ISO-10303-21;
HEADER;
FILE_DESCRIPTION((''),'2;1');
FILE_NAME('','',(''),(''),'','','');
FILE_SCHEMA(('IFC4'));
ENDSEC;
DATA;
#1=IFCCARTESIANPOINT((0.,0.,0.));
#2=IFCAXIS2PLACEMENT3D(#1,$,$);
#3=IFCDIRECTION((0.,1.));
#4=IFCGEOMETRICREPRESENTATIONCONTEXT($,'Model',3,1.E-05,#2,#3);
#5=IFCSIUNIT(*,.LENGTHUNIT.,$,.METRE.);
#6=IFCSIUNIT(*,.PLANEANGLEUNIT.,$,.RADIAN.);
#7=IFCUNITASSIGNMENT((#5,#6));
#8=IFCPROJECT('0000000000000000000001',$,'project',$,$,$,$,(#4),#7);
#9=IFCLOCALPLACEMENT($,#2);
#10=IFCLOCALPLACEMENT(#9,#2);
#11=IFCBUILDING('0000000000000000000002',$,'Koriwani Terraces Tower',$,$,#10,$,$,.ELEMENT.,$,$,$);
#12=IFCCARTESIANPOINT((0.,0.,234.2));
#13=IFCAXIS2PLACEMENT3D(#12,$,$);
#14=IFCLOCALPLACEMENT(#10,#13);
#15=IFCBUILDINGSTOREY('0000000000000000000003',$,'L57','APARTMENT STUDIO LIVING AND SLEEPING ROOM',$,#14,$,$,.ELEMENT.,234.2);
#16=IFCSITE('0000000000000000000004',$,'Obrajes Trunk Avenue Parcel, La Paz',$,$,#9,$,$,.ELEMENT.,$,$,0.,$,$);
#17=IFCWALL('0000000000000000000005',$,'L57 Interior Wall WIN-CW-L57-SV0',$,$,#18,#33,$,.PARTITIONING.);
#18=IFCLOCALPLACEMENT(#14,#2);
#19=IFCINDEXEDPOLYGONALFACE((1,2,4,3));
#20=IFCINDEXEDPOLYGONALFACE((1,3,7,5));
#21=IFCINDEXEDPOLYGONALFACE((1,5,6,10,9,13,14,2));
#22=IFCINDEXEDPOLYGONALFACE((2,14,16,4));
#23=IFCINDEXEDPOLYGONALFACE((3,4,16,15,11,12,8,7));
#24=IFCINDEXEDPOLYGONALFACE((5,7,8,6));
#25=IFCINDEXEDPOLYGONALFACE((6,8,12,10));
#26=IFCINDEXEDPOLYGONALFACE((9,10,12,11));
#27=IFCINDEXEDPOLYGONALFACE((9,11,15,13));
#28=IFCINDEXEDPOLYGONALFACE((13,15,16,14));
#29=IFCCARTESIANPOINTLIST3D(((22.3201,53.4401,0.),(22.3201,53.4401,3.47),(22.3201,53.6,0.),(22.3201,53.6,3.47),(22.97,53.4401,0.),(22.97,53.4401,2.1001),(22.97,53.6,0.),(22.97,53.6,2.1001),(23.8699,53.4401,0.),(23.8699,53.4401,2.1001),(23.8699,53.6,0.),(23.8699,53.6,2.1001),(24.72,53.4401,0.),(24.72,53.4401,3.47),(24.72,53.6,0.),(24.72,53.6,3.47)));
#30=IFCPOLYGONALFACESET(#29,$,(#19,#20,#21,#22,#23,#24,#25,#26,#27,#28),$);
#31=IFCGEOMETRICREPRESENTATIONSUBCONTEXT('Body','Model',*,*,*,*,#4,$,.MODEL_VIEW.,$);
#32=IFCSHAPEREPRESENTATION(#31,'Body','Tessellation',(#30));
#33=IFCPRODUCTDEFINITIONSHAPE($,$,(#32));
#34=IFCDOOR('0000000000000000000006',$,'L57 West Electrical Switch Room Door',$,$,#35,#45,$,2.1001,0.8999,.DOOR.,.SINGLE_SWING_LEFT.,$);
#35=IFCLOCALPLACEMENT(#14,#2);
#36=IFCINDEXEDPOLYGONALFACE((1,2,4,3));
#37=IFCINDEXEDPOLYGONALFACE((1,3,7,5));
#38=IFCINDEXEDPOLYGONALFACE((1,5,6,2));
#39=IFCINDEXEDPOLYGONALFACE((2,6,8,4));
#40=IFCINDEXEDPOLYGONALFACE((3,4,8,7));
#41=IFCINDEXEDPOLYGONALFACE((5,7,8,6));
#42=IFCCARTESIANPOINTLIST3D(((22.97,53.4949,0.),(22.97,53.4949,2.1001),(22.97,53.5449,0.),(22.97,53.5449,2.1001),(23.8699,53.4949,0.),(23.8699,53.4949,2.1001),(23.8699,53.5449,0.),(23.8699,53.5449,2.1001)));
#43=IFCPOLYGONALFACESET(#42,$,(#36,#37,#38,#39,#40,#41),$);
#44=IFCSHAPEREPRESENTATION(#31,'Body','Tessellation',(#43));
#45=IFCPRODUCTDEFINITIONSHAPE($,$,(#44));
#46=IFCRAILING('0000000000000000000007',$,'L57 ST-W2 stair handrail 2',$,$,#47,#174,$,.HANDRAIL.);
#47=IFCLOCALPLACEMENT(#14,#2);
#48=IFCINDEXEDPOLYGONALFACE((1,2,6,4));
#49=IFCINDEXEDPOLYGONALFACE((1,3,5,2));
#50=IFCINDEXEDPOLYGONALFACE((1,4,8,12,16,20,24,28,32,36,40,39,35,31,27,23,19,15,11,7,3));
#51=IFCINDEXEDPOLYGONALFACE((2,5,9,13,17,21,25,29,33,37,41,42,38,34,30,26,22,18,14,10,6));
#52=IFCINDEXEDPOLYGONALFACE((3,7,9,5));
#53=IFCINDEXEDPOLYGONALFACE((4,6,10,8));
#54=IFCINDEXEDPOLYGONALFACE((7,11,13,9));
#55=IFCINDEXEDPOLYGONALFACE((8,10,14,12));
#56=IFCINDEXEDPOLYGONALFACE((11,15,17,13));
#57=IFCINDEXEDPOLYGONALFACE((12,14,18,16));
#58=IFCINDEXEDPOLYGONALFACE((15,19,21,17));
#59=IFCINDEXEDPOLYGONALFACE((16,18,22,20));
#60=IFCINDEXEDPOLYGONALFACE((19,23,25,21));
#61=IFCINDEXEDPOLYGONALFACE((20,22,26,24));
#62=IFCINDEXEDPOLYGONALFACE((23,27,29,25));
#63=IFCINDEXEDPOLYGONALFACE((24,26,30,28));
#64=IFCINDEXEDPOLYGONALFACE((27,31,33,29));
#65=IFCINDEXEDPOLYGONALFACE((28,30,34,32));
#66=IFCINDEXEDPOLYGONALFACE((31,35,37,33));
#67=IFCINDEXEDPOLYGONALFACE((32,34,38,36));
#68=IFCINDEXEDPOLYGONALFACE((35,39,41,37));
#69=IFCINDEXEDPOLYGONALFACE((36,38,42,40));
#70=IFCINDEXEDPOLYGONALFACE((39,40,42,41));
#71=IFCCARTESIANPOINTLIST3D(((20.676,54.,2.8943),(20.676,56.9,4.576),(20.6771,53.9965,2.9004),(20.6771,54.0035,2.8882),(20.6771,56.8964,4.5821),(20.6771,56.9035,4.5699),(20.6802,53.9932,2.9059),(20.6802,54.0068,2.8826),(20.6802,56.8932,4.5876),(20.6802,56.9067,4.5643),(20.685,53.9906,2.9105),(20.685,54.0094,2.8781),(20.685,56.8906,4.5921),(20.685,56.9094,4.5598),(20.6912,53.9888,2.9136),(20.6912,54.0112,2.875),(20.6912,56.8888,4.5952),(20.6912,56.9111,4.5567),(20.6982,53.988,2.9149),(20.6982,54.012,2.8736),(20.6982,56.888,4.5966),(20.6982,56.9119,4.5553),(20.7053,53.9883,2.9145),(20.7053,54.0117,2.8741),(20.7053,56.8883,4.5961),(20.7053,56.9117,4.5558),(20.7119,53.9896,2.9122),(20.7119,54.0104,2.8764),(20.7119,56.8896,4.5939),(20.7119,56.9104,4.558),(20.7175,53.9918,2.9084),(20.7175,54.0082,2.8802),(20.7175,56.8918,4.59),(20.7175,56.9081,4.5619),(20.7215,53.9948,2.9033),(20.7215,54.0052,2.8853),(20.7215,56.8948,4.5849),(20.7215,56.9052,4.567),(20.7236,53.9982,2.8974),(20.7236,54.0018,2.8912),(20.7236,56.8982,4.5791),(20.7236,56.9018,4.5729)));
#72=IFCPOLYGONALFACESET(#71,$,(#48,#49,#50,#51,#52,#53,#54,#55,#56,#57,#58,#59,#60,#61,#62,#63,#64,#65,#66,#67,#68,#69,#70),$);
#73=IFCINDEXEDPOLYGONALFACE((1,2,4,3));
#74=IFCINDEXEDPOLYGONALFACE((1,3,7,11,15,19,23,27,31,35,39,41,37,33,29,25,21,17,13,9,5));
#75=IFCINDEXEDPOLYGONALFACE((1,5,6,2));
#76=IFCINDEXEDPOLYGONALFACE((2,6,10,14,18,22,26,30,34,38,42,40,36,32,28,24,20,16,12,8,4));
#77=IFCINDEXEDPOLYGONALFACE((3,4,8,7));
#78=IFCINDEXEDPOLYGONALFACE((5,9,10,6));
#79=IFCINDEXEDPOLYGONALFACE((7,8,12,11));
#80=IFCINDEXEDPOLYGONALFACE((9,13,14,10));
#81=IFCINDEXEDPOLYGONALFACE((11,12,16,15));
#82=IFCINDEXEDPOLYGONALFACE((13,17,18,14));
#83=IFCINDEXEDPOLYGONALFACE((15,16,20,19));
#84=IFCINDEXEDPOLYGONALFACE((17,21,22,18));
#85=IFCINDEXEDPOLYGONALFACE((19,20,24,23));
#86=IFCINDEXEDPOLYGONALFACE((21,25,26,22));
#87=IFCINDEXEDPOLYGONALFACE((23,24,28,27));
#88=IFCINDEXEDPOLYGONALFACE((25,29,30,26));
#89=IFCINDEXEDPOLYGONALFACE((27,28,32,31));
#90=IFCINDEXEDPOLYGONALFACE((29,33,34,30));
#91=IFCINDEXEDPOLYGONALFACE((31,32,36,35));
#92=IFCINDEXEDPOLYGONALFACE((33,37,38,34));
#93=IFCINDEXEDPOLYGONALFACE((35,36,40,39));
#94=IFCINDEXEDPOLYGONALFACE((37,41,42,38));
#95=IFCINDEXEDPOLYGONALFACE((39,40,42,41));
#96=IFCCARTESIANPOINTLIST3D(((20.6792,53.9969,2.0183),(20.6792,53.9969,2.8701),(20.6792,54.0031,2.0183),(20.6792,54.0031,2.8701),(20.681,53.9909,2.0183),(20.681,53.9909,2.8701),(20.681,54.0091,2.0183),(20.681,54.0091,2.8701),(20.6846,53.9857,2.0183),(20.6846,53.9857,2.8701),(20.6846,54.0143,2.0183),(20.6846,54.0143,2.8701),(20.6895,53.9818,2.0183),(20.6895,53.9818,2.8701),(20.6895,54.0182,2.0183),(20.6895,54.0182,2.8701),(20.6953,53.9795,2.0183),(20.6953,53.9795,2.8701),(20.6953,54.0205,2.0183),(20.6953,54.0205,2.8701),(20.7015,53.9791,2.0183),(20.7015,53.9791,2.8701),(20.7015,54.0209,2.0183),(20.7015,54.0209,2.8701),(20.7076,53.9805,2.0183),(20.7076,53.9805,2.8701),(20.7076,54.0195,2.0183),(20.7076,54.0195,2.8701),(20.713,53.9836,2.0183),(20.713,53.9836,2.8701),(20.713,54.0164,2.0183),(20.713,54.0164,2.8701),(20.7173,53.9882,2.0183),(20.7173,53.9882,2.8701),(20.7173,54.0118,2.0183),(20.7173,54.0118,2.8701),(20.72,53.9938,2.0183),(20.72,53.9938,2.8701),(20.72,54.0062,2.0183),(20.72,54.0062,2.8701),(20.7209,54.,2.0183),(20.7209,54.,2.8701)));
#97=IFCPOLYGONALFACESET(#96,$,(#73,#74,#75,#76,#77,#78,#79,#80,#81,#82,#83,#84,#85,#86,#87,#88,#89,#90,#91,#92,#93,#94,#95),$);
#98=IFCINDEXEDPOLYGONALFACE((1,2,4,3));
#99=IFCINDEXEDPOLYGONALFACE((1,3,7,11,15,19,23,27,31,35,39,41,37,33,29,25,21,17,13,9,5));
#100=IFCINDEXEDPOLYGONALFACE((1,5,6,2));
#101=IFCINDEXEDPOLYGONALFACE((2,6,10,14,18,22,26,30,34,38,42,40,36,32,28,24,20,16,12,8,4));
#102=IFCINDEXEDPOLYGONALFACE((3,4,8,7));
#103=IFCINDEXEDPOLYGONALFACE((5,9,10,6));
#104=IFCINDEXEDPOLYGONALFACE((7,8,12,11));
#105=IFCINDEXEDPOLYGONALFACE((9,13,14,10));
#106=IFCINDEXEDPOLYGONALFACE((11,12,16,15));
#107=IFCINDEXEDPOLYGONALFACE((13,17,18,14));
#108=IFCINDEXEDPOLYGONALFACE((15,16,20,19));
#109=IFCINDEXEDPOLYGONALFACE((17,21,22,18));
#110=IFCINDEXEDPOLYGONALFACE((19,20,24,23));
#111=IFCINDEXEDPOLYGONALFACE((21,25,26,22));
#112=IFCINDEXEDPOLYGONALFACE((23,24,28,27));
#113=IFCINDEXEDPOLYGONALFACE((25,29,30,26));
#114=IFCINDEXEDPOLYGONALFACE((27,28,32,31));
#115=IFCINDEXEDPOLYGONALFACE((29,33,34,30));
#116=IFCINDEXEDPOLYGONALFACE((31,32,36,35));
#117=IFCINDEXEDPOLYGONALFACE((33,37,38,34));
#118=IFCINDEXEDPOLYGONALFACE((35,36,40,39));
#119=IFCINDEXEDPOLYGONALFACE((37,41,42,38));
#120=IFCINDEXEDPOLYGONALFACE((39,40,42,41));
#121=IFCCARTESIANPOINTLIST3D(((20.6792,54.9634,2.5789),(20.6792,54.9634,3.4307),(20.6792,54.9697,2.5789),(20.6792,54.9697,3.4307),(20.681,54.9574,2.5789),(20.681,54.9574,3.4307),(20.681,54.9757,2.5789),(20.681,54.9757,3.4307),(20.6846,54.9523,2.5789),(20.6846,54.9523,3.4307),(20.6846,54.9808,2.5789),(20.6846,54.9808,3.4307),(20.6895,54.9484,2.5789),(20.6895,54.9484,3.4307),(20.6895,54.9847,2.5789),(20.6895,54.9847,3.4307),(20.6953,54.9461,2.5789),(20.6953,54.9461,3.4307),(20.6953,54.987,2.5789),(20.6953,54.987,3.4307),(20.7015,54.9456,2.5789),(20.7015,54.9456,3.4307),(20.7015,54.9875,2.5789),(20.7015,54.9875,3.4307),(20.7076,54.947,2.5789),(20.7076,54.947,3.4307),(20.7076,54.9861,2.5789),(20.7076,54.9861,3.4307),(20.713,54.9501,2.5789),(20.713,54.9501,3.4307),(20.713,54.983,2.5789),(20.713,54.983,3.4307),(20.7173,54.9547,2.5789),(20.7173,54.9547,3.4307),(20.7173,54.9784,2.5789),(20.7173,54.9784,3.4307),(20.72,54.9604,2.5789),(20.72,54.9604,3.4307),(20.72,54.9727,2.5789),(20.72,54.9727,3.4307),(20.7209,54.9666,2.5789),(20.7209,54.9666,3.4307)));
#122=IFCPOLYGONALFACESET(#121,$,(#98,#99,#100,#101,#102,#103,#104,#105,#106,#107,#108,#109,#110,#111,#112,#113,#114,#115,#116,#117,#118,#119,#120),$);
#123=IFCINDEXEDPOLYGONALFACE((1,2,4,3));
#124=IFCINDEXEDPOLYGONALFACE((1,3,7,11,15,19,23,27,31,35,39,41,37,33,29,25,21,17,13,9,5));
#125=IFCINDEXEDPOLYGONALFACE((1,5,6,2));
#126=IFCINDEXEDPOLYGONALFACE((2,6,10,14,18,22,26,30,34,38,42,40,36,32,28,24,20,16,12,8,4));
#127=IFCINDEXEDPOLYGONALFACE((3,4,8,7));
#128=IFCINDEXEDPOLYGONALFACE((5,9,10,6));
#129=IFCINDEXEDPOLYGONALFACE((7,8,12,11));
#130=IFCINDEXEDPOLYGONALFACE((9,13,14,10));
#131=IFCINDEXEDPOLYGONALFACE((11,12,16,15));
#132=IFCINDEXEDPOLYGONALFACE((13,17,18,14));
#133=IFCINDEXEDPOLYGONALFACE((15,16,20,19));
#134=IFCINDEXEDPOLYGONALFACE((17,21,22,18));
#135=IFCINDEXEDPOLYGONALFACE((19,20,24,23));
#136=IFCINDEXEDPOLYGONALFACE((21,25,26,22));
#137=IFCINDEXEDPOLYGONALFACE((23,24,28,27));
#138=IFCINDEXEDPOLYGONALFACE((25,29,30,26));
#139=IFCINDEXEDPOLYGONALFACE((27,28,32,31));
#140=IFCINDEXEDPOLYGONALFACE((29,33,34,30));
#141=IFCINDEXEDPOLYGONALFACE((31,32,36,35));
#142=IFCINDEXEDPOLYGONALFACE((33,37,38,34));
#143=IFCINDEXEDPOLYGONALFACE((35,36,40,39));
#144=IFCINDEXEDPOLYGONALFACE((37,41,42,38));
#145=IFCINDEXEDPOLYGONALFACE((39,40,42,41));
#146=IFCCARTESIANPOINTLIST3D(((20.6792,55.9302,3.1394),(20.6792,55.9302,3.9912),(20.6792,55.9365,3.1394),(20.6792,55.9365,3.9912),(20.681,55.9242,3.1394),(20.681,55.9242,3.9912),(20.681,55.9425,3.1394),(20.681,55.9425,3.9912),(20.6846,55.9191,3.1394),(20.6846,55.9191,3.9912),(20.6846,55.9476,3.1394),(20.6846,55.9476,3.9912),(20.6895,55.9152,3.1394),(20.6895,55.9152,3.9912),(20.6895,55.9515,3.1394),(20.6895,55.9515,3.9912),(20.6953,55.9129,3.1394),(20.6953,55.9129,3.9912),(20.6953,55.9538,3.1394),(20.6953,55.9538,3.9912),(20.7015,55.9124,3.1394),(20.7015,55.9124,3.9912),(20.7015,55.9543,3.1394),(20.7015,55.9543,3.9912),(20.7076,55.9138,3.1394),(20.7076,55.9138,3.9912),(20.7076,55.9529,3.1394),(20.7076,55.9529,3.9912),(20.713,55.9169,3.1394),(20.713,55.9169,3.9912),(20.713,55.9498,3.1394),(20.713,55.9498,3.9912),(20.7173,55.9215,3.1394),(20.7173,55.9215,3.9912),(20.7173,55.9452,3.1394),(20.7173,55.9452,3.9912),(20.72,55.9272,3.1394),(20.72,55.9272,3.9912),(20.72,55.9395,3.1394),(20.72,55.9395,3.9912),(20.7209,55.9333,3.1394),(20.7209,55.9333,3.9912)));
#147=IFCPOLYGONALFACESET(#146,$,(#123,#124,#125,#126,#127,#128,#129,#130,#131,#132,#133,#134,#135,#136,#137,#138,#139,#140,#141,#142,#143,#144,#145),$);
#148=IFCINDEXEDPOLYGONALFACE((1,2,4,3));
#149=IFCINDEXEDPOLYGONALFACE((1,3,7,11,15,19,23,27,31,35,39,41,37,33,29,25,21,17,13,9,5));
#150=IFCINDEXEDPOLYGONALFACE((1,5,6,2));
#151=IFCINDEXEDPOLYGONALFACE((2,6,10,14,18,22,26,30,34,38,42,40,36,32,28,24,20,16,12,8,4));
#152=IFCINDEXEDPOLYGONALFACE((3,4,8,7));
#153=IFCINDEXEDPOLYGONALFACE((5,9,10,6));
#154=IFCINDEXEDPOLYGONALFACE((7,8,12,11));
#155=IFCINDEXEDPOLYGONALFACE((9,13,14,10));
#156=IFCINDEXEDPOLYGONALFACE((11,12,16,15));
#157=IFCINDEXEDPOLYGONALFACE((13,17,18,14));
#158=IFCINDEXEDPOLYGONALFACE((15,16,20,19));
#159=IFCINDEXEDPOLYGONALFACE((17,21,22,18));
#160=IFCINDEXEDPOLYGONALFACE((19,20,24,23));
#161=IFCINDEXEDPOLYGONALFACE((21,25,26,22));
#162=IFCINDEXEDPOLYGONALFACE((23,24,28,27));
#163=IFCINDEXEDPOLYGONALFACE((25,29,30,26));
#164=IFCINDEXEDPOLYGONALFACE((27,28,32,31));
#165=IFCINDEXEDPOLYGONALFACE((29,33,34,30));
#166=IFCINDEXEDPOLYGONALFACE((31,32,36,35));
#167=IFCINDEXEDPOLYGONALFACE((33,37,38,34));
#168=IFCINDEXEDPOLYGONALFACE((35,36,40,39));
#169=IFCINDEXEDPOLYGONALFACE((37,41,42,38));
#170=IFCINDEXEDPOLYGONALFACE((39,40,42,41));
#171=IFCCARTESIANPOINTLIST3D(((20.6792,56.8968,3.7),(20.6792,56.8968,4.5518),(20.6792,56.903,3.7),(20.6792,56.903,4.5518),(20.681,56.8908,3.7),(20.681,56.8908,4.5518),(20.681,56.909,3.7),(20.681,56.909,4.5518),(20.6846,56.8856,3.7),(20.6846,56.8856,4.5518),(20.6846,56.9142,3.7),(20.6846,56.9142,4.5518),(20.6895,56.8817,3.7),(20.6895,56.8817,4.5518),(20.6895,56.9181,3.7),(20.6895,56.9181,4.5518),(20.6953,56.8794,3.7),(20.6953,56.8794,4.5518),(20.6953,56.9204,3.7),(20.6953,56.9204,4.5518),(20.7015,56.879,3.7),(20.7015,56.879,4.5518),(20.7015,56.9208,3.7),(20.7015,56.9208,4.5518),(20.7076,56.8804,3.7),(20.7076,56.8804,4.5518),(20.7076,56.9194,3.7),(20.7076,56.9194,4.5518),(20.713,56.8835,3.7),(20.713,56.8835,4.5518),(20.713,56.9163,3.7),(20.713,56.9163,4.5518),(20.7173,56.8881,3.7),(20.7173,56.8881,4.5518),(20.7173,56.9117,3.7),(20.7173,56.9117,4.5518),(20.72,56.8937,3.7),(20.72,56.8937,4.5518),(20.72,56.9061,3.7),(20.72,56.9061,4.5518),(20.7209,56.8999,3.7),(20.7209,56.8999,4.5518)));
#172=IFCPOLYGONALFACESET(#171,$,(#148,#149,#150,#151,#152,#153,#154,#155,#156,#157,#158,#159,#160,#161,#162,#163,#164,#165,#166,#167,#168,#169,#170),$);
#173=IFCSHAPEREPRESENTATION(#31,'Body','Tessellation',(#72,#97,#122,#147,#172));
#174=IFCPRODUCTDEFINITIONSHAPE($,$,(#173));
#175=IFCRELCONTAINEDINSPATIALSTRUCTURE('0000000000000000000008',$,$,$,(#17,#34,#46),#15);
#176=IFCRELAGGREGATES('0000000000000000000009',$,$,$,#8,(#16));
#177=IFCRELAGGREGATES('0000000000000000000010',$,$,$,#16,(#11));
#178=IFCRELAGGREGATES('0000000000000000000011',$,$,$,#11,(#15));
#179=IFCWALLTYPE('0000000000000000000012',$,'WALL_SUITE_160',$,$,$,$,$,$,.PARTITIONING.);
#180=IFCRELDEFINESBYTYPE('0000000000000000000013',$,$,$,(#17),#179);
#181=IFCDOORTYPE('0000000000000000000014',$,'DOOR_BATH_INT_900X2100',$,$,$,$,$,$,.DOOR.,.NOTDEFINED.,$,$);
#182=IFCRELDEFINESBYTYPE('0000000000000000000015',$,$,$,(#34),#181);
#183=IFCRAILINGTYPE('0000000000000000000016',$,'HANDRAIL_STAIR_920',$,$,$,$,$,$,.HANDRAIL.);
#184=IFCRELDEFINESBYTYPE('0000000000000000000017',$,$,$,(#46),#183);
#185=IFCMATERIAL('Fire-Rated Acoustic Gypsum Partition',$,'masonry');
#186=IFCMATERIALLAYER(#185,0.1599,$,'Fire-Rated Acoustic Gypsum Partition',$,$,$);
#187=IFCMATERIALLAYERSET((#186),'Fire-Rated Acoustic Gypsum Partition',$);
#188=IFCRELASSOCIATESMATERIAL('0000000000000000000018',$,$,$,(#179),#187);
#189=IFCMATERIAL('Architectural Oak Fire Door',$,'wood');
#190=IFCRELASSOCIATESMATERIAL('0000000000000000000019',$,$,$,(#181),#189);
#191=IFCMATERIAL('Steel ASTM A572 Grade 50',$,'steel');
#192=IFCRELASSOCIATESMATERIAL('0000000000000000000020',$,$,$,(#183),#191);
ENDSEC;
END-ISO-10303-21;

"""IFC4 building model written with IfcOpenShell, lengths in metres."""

from ifc_helpers import new_model, si_unit, direction, frame, frame_2d, origin, origin_2d, place, context, subcontext, project, spatial, rectangle, circle, extrude, material, layer, layer_set, type_object, element, fill, save


model = new_model("IFC4")

# Units and contexts
model_context = context("Model", 3, precision=1e-05, world=origin(), true_north=direction((0.0, 1.0)))
body_context = subcontext(model_context, "Body", "Model", "MODEL_VIEW")
ifc_project = project(units=[si_unit("LENGTHUNIT", "METRE"), si_unit("PLANEANGLEUNIT", "RADIAN")], contexts=[model_context])

# Site, building, storey
site_placement = place(None, origin())
site = spatial("IfcSite", under=ifc_project, at=site_placement, Name="Obrajes Trunk Avenue Parcel, La Paz", CompositionType="ELEMENT", RefElevation=0.0)
building_placement = place(site_placement, origin())
building = spatial("IfcBuilding", under=site, at=building_placement, Name="Koriwani Terraces Tower", CompositionType="ELEMENT")
storey_placement = place(building_placement, frame((0.0, 0.0, 234.2)))
storey = spatial("IfcBuildingStorey", under=building, at=storey_placement, Name="L57", Description="APARTMENT STUDIO LIVING AND SLEEPING ROOM", CompositionType="ELEMENT", Elevation=234.2)

# Shared definitions
ifc_material_1 = material(Name="Steel ASTM A572 Grade 50", Category="steel")

# Wall, opening, door
ifc_material_2 = material(Name="Fire-Rated Acoustic Gypsum Partition", Category="masonry")
ifc_layer_1 = layer(ifc_material_2, 0.1599, Name="Fire-Rated Acoustic Gypsum Partition")
ifc_layer_set_1 = layer_set([ifc_layer_1], Name="Fire-Rated Acoustic Gypsum Partition")
wall_type_1 = type_object("IfcWallType", Name="WALL_SUITE_160", PredefinedType="PARTITIONING", material=ifc_layer_set_1)
wall_1_placement = place(storey_placement, frame((22.3201, 53.52, 0.0), z_axis=(0.0, 0.0, 1.0), x_axis=(1.0, 0.0, 0.0)))
wall_1 = element("IfcWall", 1, at=wall_1_placement, inside=storey, type_object=wall_type_1, Name="L57 Interior Wall WIN-CW-L57-SV0", PredefinedType="PARTITIONING", context=body_context, shape_type="SweptSolid", body=[
    extrude(rectangle(XDim=2.3999, YDim=0.1599, at=frame_2d((1.2, 0.0))), origin(), (0.0, 0.0, 1.0), 3.47),
])
opening_1_placement = place(wall_1_placement, frame((0.6499, 0.0, 0.0)))
opening_1 = element("IfcOpeningElement", 2, at=opening_1_placement, cuts=wall_1, PredefinedType="OPENING", context=body_context, shape_type="SweptSolid", body=[
    extrude(rectangle(XDim=0.8999, YDim=2.1001, at=frame_2d((0.45, 1.05))), frame((0.0, 0.0898, 0.0), z_axis=(0.0, -1.0, 0.0), x_axis=(1.0, 0.0, 0.0)), (0.0, 0.0, 1.0), 0.1799),
])
ifc_material_3 = material(Name="Architectural Oak Fire Door", Category="wood")
door_type_1 = type_object("IfcDoorType", Name="DOOR_BATH_INT_900X2100", OperationType="NOTDEFINED", PredefinedType="DOOR", material=ifc_material_3)
door_1_placement = place(opening_1_placement, origin())
door_1 = element("IfcDoor", 3, at=door_1_placement, inside=storey, type_object=door_type_1, Name="L57 West Electrical Switch Room Door", OperationType="SINGLE_SWING_LEFT", OverallHeight=2.1001, OverallWidth=0.8999, PredefinedType="DOOR", context=body_context, shape_type="SweptSolid", body=[
    extrude(rectangle(XDim=0.8999, YDim=2.1001, at=frame_2d((0.45, 1.05))), frame((0.0, 0.0249, 0.0), z_axis=(0.0, -1.0, 0.0), x_axis=(1.0, 0.0, 0.0)), (0.0, 0.0, 1.0), 0.05),
])
fill(opening_1, door_1)

# Railing
railing_type = type_object("IfcRailingType", Name="HANDRAIL_STAIR_920", PredefinedType="HANDRAIL", material=ifc_material_1)
railing_placement = place(storey_placement, frame((20.7, 54.0, 2.0183)))
element("IfcRailing", 4, at=railing_placement, inside=storey, type_object=railing_type, Name="L57 ST-W2 stair handrail 2", PredefinedType="HANDRAIL", context=body_context, shape_type="SweptSolid", body=[
    extrude(circle(Radius=0.0239, at=origin_2d()), frame((0.0, 0.0, 0.876), z_axis=(0.0, 0.86507, 0.501651), x_axis=(-1.0, 0.0, 0.0)), (0.0, 0.0, 1.0), 3.3523),
    extrude(circle(Radius=0.021, at=origin_2d()), origin(), (0.0, 0.0, 1.0), 0.8518),
    extrude(circle(Radius=0.021, at=origin_2d()), frame((0.0, 0.9666, 0.5605)), (0.0, 0.0, 1.0), 0.8518),
    extrude(circle(Radius=0.021, at=origin_2d()), frame((0.0, 1.9333, 1.1211)), (0.0, 0.0, 1.0), 0.8518),
    extrude(circle(Radius=0.021, at=origin_2d()), frame((0.0, 2.8999, 1.6816)), (0.0, 0.0, 1.0), 0.8518),
])

save(model, "model.ifc")
